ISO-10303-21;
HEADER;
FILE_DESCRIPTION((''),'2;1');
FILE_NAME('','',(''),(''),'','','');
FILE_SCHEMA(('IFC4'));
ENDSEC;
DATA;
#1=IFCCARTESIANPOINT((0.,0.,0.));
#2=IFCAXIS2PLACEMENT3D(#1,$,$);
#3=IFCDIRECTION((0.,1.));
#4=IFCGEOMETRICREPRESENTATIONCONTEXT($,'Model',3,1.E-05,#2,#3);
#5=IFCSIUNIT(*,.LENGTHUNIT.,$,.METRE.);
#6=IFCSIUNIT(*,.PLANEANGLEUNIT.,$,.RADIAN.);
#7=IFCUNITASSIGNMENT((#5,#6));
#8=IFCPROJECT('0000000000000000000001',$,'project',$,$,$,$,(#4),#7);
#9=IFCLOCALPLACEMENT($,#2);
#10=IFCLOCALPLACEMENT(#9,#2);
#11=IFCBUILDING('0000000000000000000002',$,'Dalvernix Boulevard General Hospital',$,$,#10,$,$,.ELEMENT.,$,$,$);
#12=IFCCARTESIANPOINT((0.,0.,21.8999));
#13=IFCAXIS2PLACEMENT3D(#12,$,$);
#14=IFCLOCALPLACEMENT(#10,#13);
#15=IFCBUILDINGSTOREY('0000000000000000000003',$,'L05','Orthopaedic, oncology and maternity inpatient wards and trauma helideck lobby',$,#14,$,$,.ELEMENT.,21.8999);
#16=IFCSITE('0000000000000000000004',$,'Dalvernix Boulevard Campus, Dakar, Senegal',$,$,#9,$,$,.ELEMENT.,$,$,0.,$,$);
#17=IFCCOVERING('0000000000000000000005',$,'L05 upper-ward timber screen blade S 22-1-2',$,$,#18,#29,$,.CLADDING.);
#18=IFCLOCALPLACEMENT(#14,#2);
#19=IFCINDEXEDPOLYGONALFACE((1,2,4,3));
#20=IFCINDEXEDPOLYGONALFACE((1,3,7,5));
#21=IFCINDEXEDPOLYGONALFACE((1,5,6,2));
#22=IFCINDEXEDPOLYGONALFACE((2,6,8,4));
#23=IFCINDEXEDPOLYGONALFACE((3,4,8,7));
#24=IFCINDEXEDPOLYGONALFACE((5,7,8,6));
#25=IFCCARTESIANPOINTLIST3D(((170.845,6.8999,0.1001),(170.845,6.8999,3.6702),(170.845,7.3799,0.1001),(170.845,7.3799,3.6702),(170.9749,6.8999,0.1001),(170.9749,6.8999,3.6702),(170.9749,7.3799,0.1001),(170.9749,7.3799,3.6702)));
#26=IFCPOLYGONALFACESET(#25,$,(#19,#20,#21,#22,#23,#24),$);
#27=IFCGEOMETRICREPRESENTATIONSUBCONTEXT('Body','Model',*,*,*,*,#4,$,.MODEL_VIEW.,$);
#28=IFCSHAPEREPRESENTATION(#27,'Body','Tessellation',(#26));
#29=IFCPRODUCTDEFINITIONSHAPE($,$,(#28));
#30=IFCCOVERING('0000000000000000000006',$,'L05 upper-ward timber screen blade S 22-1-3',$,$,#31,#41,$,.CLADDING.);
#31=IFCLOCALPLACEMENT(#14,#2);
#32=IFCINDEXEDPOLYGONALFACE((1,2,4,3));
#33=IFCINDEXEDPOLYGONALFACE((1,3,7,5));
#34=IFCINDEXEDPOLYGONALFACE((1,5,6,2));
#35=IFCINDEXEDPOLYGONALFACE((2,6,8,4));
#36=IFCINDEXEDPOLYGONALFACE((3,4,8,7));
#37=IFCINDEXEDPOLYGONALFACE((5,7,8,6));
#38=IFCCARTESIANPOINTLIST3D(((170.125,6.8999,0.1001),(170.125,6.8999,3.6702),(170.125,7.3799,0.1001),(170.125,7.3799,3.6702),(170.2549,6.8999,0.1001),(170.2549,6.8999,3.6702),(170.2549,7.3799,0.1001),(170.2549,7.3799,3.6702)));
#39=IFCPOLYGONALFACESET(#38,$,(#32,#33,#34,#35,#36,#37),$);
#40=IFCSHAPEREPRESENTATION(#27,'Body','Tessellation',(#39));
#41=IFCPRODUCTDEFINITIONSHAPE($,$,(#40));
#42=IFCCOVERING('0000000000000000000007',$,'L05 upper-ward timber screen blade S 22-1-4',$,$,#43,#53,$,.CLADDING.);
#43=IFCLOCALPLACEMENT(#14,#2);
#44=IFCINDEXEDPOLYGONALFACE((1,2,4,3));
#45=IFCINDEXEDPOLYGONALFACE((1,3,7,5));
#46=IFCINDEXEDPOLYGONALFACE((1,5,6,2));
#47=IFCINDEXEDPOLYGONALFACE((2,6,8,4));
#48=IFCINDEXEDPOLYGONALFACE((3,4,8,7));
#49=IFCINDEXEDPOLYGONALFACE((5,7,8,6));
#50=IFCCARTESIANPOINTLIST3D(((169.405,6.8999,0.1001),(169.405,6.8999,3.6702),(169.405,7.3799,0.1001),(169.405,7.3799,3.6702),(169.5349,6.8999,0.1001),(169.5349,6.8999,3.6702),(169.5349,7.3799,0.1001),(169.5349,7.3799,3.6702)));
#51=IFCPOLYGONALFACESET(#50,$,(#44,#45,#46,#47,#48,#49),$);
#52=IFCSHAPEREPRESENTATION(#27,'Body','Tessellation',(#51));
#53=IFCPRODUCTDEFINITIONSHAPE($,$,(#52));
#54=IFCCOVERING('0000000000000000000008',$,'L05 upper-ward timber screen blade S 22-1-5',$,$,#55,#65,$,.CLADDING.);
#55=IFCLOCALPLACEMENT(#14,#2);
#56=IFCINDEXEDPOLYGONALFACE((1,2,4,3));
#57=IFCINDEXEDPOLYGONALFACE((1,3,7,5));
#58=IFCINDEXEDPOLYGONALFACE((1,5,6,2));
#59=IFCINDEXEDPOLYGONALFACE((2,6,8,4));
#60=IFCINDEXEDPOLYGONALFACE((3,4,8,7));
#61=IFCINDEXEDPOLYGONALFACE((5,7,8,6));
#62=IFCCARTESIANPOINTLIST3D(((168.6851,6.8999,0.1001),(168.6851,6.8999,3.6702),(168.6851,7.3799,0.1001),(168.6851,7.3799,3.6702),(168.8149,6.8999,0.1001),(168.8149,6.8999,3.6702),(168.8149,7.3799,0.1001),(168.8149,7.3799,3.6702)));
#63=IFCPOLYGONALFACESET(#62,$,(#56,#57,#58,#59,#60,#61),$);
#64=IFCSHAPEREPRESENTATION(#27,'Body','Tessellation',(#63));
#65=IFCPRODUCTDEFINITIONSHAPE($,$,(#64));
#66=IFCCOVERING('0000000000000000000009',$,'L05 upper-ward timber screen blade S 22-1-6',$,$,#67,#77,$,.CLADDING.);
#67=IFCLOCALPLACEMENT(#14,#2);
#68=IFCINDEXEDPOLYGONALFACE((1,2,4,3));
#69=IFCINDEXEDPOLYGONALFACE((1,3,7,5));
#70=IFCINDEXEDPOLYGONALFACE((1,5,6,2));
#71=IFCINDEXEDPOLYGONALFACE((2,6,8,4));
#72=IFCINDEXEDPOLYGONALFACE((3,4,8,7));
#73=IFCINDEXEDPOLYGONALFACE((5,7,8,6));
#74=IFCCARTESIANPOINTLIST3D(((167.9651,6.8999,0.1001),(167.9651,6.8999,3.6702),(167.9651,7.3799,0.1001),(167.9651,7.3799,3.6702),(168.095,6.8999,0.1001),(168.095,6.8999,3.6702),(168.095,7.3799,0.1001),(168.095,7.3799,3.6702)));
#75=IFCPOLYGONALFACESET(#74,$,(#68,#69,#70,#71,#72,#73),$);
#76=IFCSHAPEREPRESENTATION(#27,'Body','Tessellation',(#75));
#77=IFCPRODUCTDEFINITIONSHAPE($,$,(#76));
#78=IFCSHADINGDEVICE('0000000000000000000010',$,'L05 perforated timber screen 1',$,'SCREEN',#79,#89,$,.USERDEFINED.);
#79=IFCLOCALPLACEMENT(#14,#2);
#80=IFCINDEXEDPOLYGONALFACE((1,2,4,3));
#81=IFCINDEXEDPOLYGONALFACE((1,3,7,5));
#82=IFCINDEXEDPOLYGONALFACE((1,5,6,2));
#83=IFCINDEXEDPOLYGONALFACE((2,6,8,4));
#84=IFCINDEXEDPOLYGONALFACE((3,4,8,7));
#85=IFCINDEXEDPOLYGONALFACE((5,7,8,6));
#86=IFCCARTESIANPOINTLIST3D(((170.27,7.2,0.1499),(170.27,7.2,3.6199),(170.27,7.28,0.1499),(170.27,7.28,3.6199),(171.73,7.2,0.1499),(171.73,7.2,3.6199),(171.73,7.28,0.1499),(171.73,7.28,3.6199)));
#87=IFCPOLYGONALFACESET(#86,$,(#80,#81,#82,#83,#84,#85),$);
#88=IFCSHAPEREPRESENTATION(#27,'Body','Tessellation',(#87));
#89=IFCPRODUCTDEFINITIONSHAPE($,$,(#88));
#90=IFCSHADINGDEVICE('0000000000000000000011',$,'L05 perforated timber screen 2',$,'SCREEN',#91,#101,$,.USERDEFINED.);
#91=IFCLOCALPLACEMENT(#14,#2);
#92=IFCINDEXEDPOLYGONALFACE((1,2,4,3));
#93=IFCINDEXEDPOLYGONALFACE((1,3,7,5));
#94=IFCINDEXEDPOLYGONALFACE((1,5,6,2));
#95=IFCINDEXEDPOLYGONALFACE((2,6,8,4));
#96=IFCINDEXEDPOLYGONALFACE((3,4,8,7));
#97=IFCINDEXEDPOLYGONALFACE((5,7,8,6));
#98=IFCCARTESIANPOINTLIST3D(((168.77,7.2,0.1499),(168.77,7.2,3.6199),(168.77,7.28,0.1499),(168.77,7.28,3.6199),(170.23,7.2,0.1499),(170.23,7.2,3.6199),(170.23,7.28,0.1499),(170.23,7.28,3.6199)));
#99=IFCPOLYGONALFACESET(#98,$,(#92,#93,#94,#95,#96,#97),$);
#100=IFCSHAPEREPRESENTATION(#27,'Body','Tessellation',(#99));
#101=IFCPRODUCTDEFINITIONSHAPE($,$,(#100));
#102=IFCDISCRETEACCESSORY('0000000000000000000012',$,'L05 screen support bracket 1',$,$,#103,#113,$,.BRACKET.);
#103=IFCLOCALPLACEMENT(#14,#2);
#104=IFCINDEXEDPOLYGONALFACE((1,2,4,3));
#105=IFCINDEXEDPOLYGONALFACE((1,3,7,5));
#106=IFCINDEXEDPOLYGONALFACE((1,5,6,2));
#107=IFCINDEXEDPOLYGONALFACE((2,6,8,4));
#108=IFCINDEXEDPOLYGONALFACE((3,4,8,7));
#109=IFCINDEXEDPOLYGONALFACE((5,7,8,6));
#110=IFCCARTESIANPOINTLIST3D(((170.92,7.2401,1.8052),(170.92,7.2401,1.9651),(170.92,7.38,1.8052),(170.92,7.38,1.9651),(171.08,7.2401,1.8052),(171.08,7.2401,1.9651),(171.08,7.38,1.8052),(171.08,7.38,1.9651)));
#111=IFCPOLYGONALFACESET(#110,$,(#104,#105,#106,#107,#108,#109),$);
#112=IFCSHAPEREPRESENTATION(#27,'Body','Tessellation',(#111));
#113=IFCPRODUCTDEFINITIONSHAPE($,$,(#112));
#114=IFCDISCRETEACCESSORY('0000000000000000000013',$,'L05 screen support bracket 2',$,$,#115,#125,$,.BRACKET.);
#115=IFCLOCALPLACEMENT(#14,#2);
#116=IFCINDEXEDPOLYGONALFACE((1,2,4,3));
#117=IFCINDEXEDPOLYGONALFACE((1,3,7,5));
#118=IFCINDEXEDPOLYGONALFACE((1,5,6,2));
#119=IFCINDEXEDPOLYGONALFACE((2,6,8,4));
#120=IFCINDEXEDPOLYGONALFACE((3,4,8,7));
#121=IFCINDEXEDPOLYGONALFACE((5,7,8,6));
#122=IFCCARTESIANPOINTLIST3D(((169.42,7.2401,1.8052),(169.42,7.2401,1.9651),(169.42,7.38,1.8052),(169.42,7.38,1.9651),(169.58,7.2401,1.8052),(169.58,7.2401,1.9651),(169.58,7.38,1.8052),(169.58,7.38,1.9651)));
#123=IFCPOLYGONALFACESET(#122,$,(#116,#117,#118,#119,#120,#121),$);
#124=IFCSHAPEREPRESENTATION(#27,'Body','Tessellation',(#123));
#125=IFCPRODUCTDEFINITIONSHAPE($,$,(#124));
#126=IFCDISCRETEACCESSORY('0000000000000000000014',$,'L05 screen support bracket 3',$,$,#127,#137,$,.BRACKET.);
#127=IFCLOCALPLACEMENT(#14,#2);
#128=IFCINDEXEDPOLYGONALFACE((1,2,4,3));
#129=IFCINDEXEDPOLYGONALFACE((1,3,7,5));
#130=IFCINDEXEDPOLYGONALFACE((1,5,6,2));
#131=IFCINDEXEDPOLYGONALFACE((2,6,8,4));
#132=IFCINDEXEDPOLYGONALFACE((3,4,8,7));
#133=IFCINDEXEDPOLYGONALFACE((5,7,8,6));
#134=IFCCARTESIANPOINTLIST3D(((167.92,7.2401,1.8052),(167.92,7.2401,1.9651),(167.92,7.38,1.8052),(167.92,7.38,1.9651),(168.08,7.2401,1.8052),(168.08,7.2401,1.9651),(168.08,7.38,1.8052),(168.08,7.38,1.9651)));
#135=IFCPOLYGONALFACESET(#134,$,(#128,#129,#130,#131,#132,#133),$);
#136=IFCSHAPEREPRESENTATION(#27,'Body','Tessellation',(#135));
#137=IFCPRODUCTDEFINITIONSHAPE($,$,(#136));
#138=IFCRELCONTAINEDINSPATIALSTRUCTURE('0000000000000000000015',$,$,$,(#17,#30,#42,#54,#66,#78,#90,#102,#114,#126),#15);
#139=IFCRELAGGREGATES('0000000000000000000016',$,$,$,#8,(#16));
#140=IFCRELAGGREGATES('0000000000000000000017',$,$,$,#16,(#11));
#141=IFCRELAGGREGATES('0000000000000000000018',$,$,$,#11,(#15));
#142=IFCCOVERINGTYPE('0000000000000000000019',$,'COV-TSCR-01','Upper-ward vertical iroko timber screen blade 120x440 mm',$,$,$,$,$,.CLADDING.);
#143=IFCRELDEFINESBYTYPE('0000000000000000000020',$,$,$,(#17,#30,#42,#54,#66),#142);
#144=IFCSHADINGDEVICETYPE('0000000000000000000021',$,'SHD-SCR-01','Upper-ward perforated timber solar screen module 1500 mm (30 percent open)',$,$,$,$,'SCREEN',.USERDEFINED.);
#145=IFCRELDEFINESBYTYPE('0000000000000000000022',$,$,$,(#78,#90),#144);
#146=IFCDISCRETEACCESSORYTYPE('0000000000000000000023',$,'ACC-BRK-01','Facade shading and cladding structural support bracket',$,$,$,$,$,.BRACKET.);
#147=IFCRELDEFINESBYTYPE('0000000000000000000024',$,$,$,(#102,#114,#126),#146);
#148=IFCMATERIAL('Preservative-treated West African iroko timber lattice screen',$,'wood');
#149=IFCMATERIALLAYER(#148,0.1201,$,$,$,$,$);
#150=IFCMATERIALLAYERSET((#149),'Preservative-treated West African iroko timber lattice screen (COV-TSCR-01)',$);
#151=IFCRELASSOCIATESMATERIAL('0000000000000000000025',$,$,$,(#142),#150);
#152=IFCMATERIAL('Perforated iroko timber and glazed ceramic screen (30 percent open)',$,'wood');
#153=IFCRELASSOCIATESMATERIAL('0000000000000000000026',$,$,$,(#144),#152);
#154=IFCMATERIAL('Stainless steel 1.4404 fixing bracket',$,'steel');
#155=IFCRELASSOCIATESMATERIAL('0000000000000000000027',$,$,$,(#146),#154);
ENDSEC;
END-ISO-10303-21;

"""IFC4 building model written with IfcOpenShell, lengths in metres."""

from ifc_helpers import new_model, si_unit, direction, frame, origin, origin_2d, place, context, subcontext, project, spatial, rectangle, extrude, material, layer, layer_set, type_object, element, save


model = new_model("IFC4")

# Units and contexts
model_context = context("Model", 3, precision=1e-05, world=origin(), true_north=direction((0.0, 1.0)))
body_context = subcontext(model_context, "Body", "Model", "MODEL_VIEW")
ifc_project = project(units=[si_unit("LENGTHUNIT", "METRE"), si_unit("PLANEANGLEUNIT", "RADIAN")], contexts=[model_context])

# Site, building, storey
site_placement = place(None, origin())
site = spatial("IfcSite", under=ifc_project, at=site_placement, Name="Dalvernix Boulevard Campus, Dakar, Senegal", CompositionType="ELEMENT", RefElevation=0.0)
building_placement = place(site_placement, origin())
building = spatial("IfcBuilding", under=site, at=building_placement, Name="Dalvernix Boulevard General Hospital", CompositionType="ELEMENT")
storey_placement = place(building_placement, frame((0.0, 0.0, 21.8999)))
storey = spatial("IfcBuildingStorey", under=building, at=storey_placement, Name="L05", Description="Orthopaedic, oncology and maternity inpatient wards and trauma helideck lobby", CompositionType="ELEMENT", Elevation=21.8999)

# Coverings
ifc_material_1 = material(Name="Preservative-treated West African iroko timber lattice screen", Category="wood")
ifc_layer_1 = layer(ifc_material_1, 0.1201)
ifc_layer_set_1 = layer_set([ifc_layer_1], Name="Preservative-treated West African iroko timber lattice screen (COV-TSCR-01)")
covering_type_1 = type_object("IfcCoveringType", Name="COV-TSCR-01", Description="Upper-ward vertical iroko timber screen blade 120x440 mm", PredefinedType="CLADDING", material=ifc_layer_set_1)
for number, where, z_axis, x_axis, name in (
    (1, (170.9099, 7.1399, 0.1001), (0.0, 0.0, 1.0), (-1.0, 0.0, 0.0), "L05 upper-ward timber screen blade S 22-1-2"),
    (2, (170.1899, 7.1399, 0.1001), (0.0, 0.0, 1.0), (-1.0, 0.0, 0.0), "L05 upper-ward timber screen blade S 22-1-3"),
    (3, (169.47, 7.1399, 0.1001), (0.0, 0.0, 1.0), (-1.0, 0.0, 0.0), "L05 upper-ward timber screen blade S 22-1-4"),
    (4, (168.75, 7.1399, 0.1001), (0.0, 0.0, 1.0), (-1.0, 0.0, 0.0), "L05 upper-ward timber screen blade S 22-1-5"),
    (5, (168.03, 7.1399, 0.1001), (0.0, 0.0, 1.0), (-1.0, 0.0, 0.0), "L05 upper-ward timber screen blade S 22-1-6"),
):
    element("IfcCovering", number, at=place(storey_placement, frame(where, z_axis=z_axis, x_axis=x_axis)), inside=storey, type_object=covering_type_1, Name=name, PredefinedType="CLADDING", context=body_context, shape_type="SweptSolid", body=[
        extrude(rectangle(XDim=0.1299, YDim=0.48, at=origin_2d()), origin(), (0.0, 0.0, 1.0), 3.5701),
    ])

# Shading devices
ifc_material_2 = material(Name="Perforated iroko timber and glazed ceramic screen (30 percent open)", Category="wood")
shading_device_type = type_object("IfcShadingDeviceType", Name="SHD-SCR-01", Description="Upper-ward perforated timber solar screen module 1500 mm (30 percent open)", ElementType="SCREEN", PredefinedType="USERDEFINED", material=ifc_material_2)
for number, where, z_axis, x_axis, name in (
    (6, (171.0, 7.24, 0.1499), (0.0, 0.0, 1.0), (-1.0, 0.0, 0.0), "L05 perforated timber screen 1"),
    (7, (169.5, 7.24, 0.1499), (0.0, 0.0, 1.0), (-1.0, 0.0, 0.0), "L05 perforated timber screen 2"),
):
    element("IfcShadingDevice", number, at=place(storey_placement, frame(where, z_axis=z_axis, x_axis=x_axis)), inside=storey, type_object=shading_device_type, Name=name, ObjectType="SCREEN", PredefinedType="USERDEFINED", context=body_context, shape_type="SweptSolid", body=[
        extrude(rectangle(XDim=1.46, YDim=0.0801, at=origin_2d()), origin(), (0.0, 0.0, 1.0), 3.47),
    ])

# Discrete accessories
ifc_material_3 = material(Name="Stainless steel 1.4404 fixing bracket", Category="steel")
discrete_accessory_type = type_object("IfcDiscreteAccessoryType", Name="ACC-BRK-01", Description="Facade shading and cladding structural support bracket", PredefinedType="BRACKET", material=ifc_material_3)
for number, where, z_axis, x_axis, name in (
    (8, (171.0, 7.3101, 1.8052), (0.0, 0.0, 1.0), (-1.0, 0.0, 0.0), "L05 screen support bracket 1"),
    (9, (169.5, 7.3101, 1.8052), (0.0, 0.0, 1.0), (-1.0, 0.0, 0.0), "L05 screen support bracket 2"),
    (10, (168.0, 7.3101, 1.8052), (0.0, 0.0, 1.0), (-1.0, 0.0, 0.0), "L05 screen support bracket 3"),
):
    element("IfcDiscreteAccessory", number, at=place(storey_placement, frame(where, z_axis=z_axis, x_axis=x_axis)), inside=storey, type_object=discrete_accessory_type, Name=name, PredefinedType="BRACKET", context=body_context, shape_type="SweptSolid", body=[
        extrude(rectangle(XDim=0.1599, YDim=0.1399, at=origin_2d()), origin(), (0.0, 0.0, 1.0), 0.1599),
    ])

save(model, "model.ifc")
